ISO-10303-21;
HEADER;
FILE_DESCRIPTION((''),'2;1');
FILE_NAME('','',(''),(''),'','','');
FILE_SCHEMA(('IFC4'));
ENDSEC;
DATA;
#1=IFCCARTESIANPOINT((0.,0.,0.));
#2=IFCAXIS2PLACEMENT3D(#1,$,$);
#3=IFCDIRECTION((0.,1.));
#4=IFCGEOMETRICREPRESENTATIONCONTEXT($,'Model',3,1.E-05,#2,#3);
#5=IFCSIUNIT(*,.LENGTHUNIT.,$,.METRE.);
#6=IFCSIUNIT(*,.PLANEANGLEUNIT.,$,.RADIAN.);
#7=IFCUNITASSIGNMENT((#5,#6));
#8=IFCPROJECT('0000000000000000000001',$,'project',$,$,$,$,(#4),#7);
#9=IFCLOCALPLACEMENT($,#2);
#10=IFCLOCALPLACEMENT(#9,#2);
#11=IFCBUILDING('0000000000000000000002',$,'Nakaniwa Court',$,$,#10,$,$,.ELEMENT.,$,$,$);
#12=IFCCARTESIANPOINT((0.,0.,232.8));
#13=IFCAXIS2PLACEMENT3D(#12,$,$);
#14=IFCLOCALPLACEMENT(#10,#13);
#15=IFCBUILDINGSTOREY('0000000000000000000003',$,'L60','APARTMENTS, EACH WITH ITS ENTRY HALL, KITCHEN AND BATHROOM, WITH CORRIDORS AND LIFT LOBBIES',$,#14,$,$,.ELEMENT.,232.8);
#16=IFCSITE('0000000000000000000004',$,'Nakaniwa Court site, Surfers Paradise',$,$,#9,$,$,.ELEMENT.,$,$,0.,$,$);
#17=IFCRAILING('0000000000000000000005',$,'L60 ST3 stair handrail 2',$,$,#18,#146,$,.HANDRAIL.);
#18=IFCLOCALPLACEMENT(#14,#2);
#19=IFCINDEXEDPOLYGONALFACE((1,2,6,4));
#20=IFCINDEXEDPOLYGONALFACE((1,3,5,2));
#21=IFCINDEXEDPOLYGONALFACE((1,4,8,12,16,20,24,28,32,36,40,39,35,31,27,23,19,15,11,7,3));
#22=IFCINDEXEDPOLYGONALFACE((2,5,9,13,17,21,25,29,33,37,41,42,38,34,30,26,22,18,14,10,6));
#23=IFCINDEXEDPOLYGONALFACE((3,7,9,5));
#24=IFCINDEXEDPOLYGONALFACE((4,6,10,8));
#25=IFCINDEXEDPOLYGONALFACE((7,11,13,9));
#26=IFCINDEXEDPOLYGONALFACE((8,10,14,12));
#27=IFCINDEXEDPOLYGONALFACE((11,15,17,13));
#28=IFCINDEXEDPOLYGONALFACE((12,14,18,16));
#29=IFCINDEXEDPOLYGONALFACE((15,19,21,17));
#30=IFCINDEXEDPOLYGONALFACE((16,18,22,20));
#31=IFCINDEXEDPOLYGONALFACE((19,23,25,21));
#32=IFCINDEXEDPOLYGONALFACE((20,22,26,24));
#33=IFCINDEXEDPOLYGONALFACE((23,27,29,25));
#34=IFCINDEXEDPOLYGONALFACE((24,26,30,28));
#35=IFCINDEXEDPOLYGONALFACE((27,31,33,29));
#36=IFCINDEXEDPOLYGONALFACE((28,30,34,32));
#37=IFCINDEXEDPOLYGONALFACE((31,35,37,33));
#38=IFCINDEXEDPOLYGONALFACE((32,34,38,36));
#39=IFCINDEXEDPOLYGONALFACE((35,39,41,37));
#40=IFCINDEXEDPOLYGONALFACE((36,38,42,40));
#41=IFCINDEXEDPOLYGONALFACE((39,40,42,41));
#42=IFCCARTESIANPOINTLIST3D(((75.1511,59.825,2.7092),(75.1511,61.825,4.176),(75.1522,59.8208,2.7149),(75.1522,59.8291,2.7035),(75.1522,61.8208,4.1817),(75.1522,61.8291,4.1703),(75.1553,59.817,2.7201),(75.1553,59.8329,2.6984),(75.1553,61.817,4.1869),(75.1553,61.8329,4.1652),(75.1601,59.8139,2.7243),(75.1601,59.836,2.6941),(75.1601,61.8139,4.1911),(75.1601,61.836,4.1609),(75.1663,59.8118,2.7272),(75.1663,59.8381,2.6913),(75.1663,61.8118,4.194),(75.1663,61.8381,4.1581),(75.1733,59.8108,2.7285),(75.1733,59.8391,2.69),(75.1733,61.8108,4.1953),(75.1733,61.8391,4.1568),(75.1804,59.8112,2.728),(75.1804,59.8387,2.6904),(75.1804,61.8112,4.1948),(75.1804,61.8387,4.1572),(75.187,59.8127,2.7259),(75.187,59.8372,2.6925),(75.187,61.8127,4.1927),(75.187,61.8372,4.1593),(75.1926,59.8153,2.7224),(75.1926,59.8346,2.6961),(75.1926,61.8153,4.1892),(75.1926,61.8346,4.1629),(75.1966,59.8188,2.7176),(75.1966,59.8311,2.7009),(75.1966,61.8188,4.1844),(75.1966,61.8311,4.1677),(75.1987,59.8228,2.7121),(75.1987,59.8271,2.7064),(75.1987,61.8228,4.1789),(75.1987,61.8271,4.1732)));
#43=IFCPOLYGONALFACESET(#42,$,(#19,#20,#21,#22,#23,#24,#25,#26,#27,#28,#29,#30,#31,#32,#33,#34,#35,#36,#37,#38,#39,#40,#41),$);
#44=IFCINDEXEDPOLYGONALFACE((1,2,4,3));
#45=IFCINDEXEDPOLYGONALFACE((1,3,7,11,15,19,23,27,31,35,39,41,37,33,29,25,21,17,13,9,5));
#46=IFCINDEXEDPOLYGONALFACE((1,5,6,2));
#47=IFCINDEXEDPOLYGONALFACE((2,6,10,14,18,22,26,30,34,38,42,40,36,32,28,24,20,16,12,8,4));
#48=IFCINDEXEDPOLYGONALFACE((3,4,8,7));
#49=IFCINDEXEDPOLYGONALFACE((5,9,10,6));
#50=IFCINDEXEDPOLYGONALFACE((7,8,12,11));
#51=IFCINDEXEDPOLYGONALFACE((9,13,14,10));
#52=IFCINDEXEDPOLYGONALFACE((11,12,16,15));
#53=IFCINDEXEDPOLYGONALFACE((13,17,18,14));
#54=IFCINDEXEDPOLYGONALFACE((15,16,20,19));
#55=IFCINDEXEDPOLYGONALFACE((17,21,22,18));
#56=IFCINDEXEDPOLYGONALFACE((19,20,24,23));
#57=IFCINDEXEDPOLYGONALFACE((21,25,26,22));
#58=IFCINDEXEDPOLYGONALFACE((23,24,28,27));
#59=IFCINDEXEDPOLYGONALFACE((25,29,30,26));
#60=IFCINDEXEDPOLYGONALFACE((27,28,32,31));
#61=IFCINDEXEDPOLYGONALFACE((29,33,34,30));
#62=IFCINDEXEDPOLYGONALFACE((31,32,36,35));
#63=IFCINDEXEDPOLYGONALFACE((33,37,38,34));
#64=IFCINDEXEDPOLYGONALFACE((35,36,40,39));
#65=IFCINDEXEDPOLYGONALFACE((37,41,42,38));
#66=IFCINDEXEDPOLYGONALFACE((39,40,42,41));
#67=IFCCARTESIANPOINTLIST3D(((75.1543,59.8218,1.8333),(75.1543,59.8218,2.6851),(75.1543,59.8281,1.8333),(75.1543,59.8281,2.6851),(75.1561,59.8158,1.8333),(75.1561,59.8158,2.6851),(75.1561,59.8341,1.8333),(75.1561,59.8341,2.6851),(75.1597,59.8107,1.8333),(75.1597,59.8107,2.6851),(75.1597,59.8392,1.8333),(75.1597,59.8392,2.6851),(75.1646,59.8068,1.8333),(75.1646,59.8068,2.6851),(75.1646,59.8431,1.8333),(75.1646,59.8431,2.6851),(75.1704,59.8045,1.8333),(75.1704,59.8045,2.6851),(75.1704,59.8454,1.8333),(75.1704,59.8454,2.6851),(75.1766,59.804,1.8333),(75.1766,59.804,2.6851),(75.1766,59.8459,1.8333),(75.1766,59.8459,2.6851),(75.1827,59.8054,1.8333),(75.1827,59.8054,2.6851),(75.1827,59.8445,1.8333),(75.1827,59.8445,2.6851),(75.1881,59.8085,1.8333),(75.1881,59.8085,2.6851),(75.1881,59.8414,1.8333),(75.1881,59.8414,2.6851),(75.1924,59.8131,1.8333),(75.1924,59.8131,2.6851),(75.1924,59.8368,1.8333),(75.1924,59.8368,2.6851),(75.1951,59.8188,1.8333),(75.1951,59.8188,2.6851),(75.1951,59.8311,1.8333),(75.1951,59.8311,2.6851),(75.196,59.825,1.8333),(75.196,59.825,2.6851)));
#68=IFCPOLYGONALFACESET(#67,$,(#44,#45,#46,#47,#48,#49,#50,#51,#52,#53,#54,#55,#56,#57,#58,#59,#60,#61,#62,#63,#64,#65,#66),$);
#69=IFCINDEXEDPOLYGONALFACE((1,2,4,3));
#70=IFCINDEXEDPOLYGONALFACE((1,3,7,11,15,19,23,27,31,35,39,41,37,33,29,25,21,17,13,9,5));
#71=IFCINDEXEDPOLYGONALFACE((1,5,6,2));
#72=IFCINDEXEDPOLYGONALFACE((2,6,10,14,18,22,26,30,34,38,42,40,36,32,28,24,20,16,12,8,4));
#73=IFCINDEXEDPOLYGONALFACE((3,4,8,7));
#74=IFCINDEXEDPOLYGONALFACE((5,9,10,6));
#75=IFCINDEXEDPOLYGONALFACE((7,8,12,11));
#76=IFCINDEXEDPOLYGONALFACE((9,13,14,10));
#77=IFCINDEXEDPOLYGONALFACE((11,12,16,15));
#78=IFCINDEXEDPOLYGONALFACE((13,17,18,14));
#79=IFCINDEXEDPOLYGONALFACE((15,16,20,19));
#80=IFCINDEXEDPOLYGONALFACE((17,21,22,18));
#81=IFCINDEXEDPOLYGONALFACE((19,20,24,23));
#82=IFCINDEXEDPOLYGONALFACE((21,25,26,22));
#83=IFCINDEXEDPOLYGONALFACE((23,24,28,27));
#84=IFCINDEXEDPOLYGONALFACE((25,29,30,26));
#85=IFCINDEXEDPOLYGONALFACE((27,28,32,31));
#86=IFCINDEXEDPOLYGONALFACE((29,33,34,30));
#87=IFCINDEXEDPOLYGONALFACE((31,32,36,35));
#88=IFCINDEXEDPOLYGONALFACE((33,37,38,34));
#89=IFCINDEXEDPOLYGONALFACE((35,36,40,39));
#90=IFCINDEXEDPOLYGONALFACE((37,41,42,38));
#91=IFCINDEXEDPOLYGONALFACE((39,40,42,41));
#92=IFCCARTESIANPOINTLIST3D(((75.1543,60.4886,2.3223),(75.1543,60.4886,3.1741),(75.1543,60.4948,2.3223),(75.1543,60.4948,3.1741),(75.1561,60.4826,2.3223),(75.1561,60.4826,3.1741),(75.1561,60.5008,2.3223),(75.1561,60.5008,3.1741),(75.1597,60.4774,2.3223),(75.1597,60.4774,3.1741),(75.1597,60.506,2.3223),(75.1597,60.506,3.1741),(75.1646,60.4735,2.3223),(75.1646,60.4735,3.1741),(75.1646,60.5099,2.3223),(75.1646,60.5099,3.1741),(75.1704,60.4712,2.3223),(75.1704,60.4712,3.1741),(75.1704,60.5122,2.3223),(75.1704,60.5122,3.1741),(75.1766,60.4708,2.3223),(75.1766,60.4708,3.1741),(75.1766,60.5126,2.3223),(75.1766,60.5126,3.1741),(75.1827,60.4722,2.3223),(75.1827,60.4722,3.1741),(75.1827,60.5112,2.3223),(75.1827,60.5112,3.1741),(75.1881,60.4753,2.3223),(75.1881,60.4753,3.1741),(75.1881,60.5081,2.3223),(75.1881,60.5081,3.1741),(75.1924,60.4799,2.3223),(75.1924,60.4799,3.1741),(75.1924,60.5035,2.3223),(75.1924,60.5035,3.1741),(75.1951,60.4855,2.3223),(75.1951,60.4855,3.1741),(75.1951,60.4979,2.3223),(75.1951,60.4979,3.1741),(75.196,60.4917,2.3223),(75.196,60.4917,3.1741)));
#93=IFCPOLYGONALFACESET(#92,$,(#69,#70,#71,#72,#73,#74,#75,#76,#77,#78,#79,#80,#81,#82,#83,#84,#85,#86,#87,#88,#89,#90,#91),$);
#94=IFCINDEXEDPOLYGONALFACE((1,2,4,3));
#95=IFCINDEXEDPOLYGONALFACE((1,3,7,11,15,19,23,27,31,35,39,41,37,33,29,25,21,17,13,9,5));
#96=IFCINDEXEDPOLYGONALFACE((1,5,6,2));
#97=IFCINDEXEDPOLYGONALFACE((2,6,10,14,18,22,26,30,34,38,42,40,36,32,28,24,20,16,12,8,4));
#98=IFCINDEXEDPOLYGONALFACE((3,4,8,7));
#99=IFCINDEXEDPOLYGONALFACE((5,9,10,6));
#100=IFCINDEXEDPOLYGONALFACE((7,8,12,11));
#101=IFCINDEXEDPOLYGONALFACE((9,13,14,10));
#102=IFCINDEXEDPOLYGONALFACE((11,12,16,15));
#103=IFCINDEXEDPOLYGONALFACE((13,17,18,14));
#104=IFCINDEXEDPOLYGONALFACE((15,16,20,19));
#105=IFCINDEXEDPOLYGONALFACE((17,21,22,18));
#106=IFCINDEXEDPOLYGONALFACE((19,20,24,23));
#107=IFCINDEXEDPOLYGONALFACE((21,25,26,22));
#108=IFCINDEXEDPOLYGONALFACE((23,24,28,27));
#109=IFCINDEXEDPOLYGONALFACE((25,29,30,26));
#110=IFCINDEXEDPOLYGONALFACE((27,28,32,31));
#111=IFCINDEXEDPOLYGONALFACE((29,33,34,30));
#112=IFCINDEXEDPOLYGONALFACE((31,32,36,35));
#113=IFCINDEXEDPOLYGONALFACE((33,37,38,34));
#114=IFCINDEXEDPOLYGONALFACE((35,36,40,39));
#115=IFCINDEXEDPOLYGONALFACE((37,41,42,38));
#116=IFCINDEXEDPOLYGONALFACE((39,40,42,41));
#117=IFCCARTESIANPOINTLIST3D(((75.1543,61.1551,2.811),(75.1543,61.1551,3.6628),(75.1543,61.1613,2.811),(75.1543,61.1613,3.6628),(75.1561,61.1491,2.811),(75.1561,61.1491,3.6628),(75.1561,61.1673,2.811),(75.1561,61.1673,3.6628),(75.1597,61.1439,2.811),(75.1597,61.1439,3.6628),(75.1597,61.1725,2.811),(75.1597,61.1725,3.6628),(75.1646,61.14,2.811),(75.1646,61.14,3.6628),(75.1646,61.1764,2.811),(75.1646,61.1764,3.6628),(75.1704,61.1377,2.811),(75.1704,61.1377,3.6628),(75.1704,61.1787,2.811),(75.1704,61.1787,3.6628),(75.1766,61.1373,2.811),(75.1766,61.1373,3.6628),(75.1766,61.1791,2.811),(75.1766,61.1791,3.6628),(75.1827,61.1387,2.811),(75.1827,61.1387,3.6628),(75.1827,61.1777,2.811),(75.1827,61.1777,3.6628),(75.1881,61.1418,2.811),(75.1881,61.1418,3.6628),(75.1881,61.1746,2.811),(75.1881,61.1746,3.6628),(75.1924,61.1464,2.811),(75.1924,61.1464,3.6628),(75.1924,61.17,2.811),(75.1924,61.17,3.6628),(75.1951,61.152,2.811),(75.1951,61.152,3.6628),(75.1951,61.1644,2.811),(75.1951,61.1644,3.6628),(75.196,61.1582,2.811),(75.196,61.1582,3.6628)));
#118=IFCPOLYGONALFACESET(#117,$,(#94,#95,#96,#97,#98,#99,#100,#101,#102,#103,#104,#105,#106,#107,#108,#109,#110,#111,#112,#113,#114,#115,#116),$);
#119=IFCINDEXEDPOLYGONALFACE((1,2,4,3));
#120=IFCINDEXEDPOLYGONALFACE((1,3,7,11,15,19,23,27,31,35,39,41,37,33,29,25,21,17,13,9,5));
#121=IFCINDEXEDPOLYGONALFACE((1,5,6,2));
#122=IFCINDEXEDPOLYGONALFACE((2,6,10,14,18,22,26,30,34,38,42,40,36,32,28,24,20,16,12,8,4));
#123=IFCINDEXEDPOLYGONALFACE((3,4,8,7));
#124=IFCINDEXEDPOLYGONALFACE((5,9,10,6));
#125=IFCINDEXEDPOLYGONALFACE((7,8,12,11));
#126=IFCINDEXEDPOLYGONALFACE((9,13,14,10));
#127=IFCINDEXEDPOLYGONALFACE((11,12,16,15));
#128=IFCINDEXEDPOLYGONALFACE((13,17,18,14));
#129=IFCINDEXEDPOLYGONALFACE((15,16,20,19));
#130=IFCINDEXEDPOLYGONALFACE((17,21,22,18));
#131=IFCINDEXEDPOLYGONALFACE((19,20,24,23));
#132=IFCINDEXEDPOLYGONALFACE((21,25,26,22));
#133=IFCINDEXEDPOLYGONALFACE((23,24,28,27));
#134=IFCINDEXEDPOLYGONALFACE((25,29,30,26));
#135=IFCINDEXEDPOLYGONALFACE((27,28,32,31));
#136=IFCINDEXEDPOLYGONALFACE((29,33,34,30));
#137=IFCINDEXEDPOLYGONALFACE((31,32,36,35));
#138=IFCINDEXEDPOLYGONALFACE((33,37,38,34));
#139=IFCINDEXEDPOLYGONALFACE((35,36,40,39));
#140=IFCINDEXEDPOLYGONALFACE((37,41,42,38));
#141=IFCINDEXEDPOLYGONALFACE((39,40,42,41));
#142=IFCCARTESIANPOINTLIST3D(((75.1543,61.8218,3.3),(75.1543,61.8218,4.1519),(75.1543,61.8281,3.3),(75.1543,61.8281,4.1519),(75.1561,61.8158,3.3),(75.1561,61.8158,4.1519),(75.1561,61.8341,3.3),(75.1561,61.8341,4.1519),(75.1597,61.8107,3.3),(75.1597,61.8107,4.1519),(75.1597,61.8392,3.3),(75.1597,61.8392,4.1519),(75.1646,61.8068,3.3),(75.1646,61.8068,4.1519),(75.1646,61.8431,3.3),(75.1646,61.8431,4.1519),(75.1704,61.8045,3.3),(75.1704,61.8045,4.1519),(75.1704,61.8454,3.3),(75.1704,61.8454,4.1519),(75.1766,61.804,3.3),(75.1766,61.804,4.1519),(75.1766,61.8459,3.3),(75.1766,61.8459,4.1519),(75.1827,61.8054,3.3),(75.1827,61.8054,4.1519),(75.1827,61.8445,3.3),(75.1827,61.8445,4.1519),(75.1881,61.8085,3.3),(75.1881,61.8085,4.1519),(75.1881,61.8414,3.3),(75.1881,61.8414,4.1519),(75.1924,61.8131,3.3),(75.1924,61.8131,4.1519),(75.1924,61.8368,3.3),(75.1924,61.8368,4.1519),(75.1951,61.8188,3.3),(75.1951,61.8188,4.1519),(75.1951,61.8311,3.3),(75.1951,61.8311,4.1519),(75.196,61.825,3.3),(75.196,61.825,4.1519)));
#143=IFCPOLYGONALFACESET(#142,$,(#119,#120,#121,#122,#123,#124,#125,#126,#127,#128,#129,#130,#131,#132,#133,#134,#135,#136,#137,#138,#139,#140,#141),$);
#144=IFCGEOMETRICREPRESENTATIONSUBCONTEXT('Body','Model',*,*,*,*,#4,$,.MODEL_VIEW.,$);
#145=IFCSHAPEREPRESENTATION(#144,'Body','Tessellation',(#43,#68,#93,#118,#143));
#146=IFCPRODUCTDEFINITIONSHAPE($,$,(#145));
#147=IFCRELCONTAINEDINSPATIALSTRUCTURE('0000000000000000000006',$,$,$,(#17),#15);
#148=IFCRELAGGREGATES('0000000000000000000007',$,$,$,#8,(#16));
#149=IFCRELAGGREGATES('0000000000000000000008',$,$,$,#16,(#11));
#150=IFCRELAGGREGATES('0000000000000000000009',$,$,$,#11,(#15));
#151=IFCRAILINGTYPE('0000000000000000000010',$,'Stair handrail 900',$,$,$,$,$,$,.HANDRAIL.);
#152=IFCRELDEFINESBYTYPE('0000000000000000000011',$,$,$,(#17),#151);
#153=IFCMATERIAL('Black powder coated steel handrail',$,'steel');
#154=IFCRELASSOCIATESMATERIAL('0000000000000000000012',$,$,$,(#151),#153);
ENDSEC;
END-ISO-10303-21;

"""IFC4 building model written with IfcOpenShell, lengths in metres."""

from ifc_helpers import new_model, si_unit, direction, frame, origin, origin_2d, place, context, subcontext, project, spatial, circle, extrude, material, type_object, element, save


model = new_model("IFC4")

# Units and contexts
model_context = context("Model", 3, precision=1e-05, world=origin(), true_north=direction((0.0, 1.0)))
body_context = subcontext(model_context, "Body", "Model", "MODEL_VIEW")
ifc_project = project(units=[si_unit("LENGTHUNIT", "METRE"), si_unit("PLANEANGLEUNIT", "RADIAN")], contexts=[model_context])

# Site, building, storey
site_placement = place(None, origin())
site = spatial("IfcSite", under=ifc_project, at=site_placement, Name="Nakaniwa Court site, Surfers Paradise", CompositionType="ELEMENT", RefElevation=0.0)
building_placement = place(site_placement, origin())
building = spatial("IfcBuilding", under=site, at=building_placement, Name="Nakaniwa Court", CompositionType="ELEMENT")
storey_placement = place(building_placement, frame((0.0, 0.0, 232.8)))
storey = spatial("IfcBuildingStorey", under=building, at=storey_placement, Name="L60", Description="APARTMENTS, EACH WITH ITS ENTRY HALL, KITCHEN AND BATHROOM, WITH CORRIDORS AND LIFT LOBBIES", CompositionType="ELEMENT", Elevation=232.8)

# Railing
ifc_material_1 = material(Name="Black powder coated steel handrail", Category="steel")
railing_type_1 = type_object("IfcRailingType", Name="Stair handrail 900", PredefinedType="HANDRAIL", material=ifc_material_1)
railing_1_placement = place(storey_placement, frame((75.175, 59.825, 1.8333)))
element("IfcRailing", 1, at=railing_1_placement, inside=storey, type_object=railing_type_1, Name="L60 ST3 stair handrail 2", PredefinedType="HANDRAIL", context=body_context, shape_type="SweptSolid", body=[
    extrude(circle(Radius=0.0239, at=origin_2d()), frame((0.0, 0.0, 0.876), z_axis=(0.0, 0.80638, 0.591398), x_axis=(-1.0, 0.0, 0.0)), (0.0, 0.0, 1.0), 2.4802),
    extrude(circle(Radius=0.021, at=origin_2d()), origin(), (0.0, 0.0, 1.0), 0.8518),
    extrude(circle(Radius=0.021, at=origin_2d()), frame((0.0, 0.6667, 0.489)), (0.0, 0.0, 1.0), 0.8518),
    extrude(circle(Radius=0.021, at=origin_2d()), frame((0.0, 1.3333, 0.9778)), (0.0, 0.0, 1.0), 0.8518),
    extrude(circle(Radius=0.021, at=origin_2d()), frame((0.0, 2.0, 1.4668)), (0.0, 0.0, 1.0), 0.8518),
])

save(model, "model.ifc")
